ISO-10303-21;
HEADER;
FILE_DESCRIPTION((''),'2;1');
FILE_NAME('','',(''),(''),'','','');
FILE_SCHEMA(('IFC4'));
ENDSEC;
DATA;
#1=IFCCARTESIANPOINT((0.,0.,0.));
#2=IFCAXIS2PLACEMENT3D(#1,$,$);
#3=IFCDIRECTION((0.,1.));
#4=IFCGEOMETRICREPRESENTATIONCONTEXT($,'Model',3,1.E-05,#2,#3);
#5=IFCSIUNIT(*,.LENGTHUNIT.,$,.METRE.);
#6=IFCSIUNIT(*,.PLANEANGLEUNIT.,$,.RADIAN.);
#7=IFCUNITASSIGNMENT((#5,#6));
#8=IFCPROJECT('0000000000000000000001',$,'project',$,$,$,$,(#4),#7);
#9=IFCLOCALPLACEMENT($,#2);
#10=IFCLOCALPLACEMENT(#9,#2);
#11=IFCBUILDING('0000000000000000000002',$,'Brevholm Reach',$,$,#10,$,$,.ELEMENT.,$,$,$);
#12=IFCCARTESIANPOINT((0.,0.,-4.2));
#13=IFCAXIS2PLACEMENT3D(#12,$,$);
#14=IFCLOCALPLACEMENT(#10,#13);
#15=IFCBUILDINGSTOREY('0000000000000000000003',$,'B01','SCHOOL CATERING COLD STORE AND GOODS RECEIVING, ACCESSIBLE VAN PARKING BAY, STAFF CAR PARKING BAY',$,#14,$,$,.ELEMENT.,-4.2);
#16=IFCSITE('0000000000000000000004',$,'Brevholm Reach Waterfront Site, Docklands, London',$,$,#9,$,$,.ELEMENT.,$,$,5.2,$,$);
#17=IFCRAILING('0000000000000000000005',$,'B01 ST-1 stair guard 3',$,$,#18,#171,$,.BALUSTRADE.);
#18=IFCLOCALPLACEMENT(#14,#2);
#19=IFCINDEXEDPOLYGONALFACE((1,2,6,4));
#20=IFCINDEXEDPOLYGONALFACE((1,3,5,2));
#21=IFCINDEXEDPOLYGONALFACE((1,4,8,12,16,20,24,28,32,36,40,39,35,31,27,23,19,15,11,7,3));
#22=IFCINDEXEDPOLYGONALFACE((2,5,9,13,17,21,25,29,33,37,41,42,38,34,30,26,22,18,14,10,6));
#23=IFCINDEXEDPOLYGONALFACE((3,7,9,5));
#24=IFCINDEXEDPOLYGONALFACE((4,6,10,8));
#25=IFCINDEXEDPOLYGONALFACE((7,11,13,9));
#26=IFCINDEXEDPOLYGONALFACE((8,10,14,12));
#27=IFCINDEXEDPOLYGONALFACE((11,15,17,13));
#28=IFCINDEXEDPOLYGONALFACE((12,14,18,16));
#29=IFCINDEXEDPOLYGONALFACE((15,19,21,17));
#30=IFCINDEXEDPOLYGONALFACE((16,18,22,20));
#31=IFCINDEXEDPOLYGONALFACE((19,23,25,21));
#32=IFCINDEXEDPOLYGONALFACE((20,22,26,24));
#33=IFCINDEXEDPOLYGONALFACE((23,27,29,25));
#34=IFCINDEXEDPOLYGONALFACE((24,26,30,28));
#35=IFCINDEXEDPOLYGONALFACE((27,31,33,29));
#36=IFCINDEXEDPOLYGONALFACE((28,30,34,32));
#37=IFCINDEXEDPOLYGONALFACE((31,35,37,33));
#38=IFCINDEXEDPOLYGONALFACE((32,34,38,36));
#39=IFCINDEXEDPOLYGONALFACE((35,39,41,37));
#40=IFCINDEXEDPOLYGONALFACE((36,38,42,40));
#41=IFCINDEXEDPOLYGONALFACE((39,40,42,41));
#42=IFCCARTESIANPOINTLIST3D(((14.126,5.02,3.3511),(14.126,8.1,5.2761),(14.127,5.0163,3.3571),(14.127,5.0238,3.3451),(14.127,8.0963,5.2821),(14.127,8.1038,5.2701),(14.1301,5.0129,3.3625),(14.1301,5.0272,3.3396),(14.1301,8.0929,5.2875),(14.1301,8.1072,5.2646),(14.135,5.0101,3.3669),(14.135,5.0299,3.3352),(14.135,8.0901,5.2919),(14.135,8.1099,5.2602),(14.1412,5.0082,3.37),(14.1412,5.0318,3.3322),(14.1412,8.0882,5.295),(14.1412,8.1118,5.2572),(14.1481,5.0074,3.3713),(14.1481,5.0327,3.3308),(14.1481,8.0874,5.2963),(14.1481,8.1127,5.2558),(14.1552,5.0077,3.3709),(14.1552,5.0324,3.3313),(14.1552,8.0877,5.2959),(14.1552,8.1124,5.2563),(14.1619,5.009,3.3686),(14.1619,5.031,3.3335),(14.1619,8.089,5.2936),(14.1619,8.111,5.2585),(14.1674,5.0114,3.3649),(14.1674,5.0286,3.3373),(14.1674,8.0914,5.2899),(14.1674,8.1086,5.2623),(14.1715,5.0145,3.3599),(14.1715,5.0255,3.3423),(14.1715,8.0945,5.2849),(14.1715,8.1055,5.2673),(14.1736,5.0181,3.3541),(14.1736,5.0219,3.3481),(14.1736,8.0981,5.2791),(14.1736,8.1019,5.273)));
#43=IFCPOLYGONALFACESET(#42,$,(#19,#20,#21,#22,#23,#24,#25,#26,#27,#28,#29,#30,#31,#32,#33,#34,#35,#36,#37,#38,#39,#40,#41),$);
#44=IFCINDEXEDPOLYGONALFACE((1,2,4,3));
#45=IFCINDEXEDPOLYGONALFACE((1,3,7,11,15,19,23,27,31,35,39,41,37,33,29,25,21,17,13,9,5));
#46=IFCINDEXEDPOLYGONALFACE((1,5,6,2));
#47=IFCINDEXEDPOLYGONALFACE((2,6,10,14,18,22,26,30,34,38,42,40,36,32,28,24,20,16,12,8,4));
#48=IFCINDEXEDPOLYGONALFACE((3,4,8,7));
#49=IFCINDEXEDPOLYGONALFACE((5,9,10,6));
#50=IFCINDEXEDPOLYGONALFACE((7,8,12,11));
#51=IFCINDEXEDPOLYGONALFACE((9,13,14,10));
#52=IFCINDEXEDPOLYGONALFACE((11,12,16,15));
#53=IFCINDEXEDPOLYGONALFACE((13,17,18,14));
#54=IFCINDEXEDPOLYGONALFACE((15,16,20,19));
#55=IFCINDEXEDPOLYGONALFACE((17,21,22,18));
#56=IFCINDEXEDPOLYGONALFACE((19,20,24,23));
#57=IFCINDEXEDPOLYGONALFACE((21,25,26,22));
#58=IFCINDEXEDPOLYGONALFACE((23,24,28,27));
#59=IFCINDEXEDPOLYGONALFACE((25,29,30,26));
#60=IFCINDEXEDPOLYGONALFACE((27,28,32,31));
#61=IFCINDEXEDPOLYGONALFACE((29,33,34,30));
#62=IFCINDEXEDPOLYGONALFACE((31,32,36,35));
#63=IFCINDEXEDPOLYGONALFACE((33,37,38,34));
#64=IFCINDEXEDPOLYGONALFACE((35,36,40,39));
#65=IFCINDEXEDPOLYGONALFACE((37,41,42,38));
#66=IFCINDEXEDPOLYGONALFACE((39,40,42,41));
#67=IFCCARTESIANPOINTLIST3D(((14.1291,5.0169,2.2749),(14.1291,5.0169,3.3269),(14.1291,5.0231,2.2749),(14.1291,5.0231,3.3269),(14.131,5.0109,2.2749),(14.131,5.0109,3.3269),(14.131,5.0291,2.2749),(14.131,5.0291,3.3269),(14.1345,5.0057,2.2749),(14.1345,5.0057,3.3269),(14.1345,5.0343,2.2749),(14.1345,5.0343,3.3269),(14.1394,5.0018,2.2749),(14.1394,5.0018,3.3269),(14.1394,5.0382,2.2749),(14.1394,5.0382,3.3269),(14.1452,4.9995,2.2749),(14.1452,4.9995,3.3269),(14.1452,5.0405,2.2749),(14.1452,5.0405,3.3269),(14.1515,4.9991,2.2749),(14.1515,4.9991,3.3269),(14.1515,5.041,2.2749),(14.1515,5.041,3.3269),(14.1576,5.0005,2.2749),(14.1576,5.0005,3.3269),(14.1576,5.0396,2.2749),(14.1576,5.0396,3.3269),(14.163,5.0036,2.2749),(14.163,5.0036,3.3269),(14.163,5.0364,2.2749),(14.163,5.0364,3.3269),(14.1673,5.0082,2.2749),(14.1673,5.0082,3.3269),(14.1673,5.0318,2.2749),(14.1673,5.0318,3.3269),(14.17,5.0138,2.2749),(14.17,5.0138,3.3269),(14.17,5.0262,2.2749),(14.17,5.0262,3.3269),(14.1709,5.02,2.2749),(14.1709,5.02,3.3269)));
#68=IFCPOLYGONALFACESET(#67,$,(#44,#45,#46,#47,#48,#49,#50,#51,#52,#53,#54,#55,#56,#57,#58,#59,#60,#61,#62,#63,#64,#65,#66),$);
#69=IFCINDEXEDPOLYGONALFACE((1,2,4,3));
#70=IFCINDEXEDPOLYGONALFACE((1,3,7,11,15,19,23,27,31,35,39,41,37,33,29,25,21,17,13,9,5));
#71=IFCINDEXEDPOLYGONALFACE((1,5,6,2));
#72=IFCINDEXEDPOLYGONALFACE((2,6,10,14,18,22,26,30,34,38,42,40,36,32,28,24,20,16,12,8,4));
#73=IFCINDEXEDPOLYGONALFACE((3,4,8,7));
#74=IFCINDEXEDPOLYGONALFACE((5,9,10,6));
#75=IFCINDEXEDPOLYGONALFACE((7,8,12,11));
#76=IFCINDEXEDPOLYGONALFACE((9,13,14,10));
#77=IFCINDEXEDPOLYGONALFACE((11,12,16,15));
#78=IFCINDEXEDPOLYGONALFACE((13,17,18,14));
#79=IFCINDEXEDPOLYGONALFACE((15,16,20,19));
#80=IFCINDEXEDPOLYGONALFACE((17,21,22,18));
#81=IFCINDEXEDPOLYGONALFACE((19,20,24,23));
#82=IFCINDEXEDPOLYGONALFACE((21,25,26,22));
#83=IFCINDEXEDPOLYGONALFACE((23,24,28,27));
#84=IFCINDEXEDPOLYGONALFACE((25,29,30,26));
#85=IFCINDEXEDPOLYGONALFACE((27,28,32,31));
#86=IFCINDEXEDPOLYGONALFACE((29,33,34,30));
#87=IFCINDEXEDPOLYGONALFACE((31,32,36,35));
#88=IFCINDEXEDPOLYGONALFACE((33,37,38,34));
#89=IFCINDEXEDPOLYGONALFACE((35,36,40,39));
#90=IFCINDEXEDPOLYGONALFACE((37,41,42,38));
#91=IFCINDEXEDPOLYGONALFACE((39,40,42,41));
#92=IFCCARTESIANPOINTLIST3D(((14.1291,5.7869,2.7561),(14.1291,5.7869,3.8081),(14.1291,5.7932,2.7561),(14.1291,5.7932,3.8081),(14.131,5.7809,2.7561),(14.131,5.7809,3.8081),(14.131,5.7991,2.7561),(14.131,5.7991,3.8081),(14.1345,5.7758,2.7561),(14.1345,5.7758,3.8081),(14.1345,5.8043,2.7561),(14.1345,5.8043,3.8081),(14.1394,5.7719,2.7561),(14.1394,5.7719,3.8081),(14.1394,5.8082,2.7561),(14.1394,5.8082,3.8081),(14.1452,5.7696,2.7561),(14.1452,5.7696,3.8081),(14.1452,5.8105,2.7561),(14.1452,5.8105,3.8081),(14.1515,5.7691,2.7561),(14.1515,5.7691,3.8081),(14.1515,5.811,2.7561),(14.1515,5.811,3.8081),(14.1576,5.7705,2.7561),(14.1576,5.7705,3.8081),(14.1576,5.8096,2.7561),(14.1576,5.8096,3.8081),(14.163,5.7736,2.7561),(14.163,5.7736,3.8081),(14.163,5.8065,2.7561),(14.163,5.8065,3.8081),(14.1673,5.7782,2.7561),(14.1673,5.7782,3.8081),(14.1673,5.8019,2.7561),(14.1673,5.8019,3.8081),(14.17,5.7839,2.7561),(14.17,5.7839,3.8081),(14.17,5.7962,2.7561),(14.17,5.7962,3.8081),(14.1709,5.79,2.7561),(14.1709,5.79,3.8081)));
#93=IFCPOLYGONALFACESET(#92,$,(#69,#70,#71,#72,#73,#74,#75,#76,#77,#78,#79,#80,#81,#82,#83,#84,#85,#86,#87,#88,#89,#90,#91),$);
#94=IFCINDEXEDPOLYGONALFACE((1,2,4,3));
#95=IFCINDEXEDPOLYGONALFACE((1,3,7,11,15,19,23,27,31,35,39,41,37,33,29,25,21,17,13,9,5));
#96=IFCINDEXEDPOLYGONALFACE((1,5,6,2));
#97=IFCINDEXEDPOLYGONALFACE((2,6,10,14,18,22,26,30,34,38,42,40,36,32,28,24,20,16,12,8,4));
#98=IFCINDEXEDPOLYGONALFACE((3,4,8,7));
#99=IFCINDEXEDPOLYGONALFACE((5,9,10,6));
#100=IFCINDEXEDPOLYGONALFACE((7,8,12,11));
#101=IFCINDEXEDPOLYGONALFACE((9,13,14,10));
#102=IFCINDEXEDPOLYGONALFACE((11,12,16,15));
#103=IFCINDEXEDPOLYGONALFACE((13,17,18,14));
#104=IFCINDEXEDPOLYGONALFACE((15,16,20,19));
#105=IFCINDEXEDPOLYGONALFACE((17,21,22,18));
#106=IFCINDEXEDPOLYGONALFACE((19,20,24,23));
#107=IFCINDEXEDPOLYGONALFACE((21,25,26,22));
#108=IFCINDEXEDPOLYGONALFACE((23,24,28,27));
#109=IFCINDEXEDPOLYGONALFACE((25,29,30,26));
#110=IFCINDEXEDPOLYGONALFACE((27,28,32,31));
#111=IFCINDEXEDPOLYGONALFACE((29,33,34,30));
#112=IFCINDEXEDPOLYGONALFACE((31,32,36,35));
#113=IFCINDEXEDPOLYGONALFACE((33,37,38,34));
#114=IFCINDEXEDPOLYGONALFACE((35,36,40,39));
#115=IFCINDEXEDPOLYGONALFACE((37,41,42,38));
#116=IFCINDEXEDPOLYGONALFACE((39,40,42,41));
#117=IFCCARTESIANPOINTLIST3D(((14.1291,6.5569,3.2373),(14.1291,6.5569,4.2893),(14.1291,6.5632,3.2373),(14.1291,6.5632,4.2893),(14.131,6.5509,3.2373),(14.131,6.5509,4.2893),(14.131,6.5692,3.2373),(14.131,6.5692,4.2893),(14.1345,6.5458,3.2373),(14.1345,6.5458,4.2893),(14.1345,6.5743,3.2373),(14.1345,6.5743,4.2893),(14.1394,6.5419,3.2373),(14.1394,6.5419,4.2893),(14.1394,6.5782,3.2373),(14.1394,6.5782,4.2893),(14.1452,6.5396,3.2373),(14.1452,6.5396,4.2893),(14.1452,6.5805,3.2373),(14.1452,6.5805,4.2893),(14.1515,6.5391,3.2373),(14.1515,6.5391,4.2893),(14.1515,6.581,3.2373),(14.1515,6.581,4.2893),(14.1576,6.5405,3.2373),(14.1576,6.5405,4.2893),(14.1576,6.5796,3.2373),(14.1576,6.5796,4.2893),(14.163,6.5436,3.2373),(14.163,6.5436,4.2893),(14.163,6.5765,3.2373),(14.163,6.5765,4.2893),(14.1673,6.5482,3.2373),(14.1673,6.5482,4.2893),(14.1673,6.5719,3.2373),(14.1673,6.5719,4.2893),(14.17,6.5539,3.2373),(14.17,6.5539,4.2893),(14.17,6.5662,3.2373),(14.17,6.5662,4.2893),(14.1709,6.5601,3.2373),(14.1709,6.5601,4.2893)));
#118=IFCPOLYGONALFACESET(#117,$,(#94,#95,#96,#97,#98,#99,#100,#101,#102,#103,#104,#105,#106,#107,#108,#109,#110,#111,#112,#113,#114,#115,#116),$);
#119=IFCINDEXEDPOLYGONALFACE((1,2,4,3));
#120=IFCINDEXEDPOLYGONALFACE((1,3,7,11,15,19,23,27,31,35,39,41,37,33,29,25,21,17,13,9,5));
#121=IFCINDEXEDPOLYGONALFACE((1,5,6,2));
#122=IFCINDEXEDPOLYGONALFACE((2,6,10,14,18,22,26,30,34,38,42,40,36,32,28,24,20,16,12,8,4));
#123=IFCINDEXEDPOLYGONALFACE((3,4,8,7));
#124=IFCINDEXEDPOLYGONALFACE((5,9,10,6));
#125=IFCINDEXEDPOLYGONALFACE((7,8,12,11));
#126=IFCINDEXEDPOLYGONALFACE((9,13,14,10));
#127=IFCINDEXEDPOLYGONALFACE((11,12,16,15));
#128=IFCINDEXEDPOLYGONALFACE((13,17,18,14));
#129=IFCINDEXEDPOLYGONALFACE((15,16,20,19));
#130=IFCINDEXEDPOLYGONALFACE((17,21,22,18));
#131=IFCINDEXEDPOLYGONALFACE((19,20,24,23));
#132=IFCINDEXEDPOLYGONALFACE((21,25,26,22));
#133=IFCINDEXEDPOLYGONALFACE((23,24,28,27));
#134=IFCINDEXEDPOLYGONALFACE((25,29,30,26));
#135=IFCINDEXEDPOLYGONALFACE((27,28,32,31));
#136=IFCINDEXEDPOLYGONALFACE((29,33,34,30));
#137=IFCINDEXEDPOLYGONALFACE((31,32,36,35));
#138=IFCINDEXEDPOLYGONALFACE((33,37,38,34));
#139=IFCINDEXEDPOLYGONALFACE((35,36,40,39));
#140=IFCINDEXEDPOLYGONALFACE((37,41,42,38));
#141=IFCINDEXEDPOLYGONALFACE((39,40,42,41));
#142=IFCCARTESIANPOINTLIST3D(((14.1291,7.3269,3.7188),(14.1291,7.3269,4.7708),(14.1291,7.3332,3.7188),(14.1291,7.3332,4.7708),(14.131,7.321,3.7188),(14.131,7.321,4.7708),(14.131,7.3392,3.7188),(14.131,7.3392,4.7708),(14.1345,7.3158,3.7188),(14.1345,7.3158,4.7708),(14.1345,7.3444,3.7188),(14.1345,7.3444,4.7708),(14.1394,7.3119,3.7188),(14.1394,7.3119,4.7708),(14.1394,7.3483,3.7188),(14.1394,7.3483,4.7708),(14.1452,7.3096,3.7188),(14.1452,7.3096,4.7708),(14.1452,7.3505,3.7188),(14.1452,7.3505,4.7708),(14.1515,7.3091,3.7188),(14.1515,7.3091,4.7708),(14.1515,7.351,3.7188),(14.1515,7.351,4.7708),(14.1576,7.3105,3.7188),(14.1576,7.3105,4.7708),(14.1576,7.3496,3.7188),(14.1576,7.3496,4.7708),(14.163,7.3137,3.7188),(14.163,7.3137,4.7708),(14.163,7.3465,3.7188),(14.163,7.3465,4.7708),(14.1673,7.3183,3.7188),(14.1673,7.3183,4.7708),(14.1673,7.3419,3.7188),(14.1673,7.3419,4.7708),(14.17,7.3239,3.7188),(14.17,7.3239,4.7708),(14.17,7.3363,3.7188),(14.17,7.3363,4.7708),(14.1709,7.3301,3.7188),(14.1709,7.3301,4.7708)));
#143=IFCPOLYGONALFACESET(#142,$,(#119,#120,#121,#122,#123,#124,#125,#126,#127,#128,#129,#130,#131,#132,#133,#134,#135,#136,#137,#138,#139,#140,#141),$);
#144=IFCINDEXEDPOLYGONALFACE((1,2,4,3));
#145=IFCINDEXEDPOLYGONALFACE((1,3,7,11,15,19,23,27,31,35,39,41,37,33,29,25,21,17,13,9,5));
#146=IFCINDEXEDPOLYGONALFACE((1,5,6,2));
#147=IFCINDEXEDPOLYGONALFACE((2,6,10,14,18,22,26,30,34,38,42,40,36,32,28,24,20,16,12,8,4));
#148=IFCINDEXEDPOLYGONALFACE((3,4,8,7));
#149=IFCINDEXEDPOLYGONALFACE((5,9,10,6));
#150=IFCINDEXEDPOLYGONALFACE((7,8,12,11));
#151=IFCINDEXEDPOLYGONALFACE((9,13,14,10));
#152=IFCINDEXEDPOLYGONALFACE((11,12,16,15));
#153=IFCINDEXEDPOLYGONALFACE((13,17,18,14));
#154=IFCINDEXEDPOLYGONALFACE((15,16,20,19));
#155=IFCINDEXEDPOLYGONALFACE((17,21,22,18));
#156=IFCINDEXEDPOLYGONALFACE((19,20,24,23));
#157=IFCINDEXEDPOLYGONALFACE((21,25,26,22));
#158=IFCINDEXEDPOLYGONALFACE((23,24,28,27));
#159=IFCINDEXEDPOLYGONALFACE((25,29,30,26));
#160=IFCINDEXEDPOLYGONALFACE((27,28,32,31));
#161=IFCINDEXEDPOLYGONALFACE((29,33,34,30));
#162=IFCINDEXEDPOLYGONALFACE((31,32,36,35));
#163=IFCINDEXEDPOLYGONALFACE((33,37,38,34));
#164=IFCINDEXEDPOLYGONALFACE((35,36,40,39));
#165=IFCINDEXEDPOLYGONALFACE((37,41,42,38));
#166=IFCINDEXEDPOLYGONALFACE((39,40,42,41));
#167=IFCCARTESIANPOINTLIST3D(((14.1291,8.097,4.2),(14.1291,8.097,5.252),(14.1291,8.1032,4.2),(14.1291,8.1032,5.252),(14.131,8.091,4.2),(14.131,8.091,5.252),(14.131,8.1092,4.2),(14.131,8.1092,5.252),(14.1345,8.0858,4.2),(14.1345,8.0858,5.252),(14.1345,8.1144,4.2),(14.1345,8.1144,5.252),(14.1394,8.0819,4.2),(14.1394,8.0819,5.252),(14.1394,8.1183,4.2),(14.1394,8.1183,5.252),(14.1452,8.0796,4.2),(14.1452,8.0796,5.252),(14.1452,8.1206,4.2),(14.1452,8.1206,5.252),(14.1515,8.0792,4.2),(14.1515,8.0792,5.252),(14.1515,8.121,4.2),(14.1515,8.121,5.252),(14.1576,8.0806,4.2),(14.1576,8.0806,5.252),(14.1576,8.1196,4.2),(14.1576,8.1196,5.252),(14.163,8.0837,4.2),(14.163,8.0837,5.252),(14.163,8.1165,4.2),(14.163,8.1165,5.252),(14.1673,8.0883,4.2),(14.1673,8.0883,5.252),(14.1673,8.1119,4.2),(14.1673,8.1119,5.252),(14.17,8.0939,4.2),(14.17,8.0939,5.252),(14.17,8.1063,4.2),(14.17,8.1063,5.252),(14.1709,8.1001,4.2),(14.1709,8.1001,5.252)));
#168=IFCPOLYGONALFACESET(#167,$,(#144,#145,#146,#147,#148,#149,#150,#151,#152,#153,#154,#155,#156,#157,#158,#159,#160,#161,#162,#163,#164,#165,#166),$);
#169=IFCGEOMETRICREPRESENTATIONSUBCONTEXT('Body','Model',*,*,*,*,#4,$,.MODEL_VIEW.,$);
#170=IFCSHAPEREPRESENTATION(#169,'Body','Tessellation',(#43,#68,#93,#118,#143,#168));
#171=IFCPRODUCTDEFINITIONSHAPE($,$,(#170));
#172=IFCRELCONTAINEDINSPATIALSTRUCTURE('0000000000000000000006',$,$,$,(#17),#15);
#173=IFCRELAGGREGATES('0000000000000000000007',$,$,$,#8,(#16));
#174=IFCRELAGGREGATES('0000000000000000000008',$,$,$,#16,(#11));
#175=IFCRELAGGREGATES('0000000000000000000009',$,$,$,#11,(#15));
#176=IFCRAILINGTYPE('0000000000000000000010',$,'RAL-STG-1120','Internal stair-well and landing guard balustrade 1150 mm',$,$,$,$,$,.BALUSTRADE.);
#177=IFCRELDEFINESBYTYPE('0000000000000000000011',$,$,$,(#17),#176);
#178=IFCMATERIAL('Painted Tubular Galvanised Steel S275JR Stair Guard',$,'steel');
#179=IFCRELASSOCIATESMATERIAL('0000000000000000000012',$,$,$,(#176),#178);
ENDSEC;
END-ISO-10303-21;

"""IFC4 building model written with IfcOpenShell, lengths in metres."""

from ifc_helpers import new_model, si_unit, direction, frame, origin, origin_2d, place, context, subcontext, project, spatial, circle, extrude, material, type_object, element, save


model = new_model("IFC4")

# Units and contexts
model_context = context("Model", 3, precision=1e-05, world=origin(), true_north=direction((0.0, 1.0)))
body_context = subcontext(model_context, "Body", "Model", "MODEL_VIEW")
ifc_project = project(units=[si_unit("LENGTHUNIT", "METRE"), si_unit("PLANEANGLEUNIT", "RADIAN")], contexts=[model_context])

# Site, building, storey
site_placement = place(None, origin())
site = spatial("IfcSite", under=ifc_project, at=site_placement, Name="Brevholm Reach Waterfront Site, Docklands, London", CompositionType="ELEMENT", RefElevation=5.2)
building_placement = place(site_placement, origin())
building = spatial("IfcBuilding", under=site, at=building_placement, Name="Brevholm Reach", CompositionType="ELEMENT")
storey_placement = place(building_placement, frame((0.0, 0.0, -4.2)))
storey = spatial("IfcBuildingStorey", under=building, at=storey_placement, Name="B01", Description="SCHOOL CATERING COLD STORE AND GOODS RECEIVING, ACCESSIBLE VAN PARKING BAY, STAFF CAR PARKING BAY", CompositionType="ELEMENT", Elevation=-4.2)

# Railing
ifc_material_1 = material(Name="Painted Tubular Galvanised Steel S275JR Stair Guard", Category="steel")
railing_type_1 = type_object("IfcRailingType", Name="RAL-STG-1120", Description="Internal stair-well and landing guard balustrade 1150 mm", PredefinedType="BALUSTRADE", material=ifc_material_1)
railing_1_placement = place(storey_placement, frame((14.1499, 5.02, 2.2749)))
element("IfcRailing", 1, at=railing_1_placement, inside=storey, type_object=railing_type_1, Name="B01 ST-1 stair guard 3", PredefinedType="BALUSTRADE", context=body_context, shape_type="SweptSolid", body=[
    extrude(circle(Radius=0.0239, at=origin_2d()), frame((0.0, 0.0, 1.0762), z_axis=(0.0, 0.847998, 0.529999), x_axis=(-1.0, 0.0, 0.0)), (0.0, 0.0, 1.0), 3.6321),
    extrude(circle(Radius=0.021, at=origin_2d()), origin(), (0.0, 0.0, 1.0), 1.052),
    extrude(circle(Radius=0.021, at=origin_2d()), frame((0.0, 0.77, 0.4812)), (0.0, 0.0, 1.0), 1.052),
    extrude(circle(Radius=0.021, at=origin_2d()), frame((0.0, 1.54, 0.9624)), (0.0, 0.0, 1.0), 1.052),
    extrude(circle(Radius=0.021, at=origin_2d()), frame((0.0, 2.3101, 1.4438)), (0.0, 0.0, 1.0), 1.052),
    extrude(circle(Radius=0.021, at=origin_2d()), frame((0.0, 3.0801, 1.925)), (0.0, 0.0, 1.0), 1.052),
])

save(model, "model.ifc")
